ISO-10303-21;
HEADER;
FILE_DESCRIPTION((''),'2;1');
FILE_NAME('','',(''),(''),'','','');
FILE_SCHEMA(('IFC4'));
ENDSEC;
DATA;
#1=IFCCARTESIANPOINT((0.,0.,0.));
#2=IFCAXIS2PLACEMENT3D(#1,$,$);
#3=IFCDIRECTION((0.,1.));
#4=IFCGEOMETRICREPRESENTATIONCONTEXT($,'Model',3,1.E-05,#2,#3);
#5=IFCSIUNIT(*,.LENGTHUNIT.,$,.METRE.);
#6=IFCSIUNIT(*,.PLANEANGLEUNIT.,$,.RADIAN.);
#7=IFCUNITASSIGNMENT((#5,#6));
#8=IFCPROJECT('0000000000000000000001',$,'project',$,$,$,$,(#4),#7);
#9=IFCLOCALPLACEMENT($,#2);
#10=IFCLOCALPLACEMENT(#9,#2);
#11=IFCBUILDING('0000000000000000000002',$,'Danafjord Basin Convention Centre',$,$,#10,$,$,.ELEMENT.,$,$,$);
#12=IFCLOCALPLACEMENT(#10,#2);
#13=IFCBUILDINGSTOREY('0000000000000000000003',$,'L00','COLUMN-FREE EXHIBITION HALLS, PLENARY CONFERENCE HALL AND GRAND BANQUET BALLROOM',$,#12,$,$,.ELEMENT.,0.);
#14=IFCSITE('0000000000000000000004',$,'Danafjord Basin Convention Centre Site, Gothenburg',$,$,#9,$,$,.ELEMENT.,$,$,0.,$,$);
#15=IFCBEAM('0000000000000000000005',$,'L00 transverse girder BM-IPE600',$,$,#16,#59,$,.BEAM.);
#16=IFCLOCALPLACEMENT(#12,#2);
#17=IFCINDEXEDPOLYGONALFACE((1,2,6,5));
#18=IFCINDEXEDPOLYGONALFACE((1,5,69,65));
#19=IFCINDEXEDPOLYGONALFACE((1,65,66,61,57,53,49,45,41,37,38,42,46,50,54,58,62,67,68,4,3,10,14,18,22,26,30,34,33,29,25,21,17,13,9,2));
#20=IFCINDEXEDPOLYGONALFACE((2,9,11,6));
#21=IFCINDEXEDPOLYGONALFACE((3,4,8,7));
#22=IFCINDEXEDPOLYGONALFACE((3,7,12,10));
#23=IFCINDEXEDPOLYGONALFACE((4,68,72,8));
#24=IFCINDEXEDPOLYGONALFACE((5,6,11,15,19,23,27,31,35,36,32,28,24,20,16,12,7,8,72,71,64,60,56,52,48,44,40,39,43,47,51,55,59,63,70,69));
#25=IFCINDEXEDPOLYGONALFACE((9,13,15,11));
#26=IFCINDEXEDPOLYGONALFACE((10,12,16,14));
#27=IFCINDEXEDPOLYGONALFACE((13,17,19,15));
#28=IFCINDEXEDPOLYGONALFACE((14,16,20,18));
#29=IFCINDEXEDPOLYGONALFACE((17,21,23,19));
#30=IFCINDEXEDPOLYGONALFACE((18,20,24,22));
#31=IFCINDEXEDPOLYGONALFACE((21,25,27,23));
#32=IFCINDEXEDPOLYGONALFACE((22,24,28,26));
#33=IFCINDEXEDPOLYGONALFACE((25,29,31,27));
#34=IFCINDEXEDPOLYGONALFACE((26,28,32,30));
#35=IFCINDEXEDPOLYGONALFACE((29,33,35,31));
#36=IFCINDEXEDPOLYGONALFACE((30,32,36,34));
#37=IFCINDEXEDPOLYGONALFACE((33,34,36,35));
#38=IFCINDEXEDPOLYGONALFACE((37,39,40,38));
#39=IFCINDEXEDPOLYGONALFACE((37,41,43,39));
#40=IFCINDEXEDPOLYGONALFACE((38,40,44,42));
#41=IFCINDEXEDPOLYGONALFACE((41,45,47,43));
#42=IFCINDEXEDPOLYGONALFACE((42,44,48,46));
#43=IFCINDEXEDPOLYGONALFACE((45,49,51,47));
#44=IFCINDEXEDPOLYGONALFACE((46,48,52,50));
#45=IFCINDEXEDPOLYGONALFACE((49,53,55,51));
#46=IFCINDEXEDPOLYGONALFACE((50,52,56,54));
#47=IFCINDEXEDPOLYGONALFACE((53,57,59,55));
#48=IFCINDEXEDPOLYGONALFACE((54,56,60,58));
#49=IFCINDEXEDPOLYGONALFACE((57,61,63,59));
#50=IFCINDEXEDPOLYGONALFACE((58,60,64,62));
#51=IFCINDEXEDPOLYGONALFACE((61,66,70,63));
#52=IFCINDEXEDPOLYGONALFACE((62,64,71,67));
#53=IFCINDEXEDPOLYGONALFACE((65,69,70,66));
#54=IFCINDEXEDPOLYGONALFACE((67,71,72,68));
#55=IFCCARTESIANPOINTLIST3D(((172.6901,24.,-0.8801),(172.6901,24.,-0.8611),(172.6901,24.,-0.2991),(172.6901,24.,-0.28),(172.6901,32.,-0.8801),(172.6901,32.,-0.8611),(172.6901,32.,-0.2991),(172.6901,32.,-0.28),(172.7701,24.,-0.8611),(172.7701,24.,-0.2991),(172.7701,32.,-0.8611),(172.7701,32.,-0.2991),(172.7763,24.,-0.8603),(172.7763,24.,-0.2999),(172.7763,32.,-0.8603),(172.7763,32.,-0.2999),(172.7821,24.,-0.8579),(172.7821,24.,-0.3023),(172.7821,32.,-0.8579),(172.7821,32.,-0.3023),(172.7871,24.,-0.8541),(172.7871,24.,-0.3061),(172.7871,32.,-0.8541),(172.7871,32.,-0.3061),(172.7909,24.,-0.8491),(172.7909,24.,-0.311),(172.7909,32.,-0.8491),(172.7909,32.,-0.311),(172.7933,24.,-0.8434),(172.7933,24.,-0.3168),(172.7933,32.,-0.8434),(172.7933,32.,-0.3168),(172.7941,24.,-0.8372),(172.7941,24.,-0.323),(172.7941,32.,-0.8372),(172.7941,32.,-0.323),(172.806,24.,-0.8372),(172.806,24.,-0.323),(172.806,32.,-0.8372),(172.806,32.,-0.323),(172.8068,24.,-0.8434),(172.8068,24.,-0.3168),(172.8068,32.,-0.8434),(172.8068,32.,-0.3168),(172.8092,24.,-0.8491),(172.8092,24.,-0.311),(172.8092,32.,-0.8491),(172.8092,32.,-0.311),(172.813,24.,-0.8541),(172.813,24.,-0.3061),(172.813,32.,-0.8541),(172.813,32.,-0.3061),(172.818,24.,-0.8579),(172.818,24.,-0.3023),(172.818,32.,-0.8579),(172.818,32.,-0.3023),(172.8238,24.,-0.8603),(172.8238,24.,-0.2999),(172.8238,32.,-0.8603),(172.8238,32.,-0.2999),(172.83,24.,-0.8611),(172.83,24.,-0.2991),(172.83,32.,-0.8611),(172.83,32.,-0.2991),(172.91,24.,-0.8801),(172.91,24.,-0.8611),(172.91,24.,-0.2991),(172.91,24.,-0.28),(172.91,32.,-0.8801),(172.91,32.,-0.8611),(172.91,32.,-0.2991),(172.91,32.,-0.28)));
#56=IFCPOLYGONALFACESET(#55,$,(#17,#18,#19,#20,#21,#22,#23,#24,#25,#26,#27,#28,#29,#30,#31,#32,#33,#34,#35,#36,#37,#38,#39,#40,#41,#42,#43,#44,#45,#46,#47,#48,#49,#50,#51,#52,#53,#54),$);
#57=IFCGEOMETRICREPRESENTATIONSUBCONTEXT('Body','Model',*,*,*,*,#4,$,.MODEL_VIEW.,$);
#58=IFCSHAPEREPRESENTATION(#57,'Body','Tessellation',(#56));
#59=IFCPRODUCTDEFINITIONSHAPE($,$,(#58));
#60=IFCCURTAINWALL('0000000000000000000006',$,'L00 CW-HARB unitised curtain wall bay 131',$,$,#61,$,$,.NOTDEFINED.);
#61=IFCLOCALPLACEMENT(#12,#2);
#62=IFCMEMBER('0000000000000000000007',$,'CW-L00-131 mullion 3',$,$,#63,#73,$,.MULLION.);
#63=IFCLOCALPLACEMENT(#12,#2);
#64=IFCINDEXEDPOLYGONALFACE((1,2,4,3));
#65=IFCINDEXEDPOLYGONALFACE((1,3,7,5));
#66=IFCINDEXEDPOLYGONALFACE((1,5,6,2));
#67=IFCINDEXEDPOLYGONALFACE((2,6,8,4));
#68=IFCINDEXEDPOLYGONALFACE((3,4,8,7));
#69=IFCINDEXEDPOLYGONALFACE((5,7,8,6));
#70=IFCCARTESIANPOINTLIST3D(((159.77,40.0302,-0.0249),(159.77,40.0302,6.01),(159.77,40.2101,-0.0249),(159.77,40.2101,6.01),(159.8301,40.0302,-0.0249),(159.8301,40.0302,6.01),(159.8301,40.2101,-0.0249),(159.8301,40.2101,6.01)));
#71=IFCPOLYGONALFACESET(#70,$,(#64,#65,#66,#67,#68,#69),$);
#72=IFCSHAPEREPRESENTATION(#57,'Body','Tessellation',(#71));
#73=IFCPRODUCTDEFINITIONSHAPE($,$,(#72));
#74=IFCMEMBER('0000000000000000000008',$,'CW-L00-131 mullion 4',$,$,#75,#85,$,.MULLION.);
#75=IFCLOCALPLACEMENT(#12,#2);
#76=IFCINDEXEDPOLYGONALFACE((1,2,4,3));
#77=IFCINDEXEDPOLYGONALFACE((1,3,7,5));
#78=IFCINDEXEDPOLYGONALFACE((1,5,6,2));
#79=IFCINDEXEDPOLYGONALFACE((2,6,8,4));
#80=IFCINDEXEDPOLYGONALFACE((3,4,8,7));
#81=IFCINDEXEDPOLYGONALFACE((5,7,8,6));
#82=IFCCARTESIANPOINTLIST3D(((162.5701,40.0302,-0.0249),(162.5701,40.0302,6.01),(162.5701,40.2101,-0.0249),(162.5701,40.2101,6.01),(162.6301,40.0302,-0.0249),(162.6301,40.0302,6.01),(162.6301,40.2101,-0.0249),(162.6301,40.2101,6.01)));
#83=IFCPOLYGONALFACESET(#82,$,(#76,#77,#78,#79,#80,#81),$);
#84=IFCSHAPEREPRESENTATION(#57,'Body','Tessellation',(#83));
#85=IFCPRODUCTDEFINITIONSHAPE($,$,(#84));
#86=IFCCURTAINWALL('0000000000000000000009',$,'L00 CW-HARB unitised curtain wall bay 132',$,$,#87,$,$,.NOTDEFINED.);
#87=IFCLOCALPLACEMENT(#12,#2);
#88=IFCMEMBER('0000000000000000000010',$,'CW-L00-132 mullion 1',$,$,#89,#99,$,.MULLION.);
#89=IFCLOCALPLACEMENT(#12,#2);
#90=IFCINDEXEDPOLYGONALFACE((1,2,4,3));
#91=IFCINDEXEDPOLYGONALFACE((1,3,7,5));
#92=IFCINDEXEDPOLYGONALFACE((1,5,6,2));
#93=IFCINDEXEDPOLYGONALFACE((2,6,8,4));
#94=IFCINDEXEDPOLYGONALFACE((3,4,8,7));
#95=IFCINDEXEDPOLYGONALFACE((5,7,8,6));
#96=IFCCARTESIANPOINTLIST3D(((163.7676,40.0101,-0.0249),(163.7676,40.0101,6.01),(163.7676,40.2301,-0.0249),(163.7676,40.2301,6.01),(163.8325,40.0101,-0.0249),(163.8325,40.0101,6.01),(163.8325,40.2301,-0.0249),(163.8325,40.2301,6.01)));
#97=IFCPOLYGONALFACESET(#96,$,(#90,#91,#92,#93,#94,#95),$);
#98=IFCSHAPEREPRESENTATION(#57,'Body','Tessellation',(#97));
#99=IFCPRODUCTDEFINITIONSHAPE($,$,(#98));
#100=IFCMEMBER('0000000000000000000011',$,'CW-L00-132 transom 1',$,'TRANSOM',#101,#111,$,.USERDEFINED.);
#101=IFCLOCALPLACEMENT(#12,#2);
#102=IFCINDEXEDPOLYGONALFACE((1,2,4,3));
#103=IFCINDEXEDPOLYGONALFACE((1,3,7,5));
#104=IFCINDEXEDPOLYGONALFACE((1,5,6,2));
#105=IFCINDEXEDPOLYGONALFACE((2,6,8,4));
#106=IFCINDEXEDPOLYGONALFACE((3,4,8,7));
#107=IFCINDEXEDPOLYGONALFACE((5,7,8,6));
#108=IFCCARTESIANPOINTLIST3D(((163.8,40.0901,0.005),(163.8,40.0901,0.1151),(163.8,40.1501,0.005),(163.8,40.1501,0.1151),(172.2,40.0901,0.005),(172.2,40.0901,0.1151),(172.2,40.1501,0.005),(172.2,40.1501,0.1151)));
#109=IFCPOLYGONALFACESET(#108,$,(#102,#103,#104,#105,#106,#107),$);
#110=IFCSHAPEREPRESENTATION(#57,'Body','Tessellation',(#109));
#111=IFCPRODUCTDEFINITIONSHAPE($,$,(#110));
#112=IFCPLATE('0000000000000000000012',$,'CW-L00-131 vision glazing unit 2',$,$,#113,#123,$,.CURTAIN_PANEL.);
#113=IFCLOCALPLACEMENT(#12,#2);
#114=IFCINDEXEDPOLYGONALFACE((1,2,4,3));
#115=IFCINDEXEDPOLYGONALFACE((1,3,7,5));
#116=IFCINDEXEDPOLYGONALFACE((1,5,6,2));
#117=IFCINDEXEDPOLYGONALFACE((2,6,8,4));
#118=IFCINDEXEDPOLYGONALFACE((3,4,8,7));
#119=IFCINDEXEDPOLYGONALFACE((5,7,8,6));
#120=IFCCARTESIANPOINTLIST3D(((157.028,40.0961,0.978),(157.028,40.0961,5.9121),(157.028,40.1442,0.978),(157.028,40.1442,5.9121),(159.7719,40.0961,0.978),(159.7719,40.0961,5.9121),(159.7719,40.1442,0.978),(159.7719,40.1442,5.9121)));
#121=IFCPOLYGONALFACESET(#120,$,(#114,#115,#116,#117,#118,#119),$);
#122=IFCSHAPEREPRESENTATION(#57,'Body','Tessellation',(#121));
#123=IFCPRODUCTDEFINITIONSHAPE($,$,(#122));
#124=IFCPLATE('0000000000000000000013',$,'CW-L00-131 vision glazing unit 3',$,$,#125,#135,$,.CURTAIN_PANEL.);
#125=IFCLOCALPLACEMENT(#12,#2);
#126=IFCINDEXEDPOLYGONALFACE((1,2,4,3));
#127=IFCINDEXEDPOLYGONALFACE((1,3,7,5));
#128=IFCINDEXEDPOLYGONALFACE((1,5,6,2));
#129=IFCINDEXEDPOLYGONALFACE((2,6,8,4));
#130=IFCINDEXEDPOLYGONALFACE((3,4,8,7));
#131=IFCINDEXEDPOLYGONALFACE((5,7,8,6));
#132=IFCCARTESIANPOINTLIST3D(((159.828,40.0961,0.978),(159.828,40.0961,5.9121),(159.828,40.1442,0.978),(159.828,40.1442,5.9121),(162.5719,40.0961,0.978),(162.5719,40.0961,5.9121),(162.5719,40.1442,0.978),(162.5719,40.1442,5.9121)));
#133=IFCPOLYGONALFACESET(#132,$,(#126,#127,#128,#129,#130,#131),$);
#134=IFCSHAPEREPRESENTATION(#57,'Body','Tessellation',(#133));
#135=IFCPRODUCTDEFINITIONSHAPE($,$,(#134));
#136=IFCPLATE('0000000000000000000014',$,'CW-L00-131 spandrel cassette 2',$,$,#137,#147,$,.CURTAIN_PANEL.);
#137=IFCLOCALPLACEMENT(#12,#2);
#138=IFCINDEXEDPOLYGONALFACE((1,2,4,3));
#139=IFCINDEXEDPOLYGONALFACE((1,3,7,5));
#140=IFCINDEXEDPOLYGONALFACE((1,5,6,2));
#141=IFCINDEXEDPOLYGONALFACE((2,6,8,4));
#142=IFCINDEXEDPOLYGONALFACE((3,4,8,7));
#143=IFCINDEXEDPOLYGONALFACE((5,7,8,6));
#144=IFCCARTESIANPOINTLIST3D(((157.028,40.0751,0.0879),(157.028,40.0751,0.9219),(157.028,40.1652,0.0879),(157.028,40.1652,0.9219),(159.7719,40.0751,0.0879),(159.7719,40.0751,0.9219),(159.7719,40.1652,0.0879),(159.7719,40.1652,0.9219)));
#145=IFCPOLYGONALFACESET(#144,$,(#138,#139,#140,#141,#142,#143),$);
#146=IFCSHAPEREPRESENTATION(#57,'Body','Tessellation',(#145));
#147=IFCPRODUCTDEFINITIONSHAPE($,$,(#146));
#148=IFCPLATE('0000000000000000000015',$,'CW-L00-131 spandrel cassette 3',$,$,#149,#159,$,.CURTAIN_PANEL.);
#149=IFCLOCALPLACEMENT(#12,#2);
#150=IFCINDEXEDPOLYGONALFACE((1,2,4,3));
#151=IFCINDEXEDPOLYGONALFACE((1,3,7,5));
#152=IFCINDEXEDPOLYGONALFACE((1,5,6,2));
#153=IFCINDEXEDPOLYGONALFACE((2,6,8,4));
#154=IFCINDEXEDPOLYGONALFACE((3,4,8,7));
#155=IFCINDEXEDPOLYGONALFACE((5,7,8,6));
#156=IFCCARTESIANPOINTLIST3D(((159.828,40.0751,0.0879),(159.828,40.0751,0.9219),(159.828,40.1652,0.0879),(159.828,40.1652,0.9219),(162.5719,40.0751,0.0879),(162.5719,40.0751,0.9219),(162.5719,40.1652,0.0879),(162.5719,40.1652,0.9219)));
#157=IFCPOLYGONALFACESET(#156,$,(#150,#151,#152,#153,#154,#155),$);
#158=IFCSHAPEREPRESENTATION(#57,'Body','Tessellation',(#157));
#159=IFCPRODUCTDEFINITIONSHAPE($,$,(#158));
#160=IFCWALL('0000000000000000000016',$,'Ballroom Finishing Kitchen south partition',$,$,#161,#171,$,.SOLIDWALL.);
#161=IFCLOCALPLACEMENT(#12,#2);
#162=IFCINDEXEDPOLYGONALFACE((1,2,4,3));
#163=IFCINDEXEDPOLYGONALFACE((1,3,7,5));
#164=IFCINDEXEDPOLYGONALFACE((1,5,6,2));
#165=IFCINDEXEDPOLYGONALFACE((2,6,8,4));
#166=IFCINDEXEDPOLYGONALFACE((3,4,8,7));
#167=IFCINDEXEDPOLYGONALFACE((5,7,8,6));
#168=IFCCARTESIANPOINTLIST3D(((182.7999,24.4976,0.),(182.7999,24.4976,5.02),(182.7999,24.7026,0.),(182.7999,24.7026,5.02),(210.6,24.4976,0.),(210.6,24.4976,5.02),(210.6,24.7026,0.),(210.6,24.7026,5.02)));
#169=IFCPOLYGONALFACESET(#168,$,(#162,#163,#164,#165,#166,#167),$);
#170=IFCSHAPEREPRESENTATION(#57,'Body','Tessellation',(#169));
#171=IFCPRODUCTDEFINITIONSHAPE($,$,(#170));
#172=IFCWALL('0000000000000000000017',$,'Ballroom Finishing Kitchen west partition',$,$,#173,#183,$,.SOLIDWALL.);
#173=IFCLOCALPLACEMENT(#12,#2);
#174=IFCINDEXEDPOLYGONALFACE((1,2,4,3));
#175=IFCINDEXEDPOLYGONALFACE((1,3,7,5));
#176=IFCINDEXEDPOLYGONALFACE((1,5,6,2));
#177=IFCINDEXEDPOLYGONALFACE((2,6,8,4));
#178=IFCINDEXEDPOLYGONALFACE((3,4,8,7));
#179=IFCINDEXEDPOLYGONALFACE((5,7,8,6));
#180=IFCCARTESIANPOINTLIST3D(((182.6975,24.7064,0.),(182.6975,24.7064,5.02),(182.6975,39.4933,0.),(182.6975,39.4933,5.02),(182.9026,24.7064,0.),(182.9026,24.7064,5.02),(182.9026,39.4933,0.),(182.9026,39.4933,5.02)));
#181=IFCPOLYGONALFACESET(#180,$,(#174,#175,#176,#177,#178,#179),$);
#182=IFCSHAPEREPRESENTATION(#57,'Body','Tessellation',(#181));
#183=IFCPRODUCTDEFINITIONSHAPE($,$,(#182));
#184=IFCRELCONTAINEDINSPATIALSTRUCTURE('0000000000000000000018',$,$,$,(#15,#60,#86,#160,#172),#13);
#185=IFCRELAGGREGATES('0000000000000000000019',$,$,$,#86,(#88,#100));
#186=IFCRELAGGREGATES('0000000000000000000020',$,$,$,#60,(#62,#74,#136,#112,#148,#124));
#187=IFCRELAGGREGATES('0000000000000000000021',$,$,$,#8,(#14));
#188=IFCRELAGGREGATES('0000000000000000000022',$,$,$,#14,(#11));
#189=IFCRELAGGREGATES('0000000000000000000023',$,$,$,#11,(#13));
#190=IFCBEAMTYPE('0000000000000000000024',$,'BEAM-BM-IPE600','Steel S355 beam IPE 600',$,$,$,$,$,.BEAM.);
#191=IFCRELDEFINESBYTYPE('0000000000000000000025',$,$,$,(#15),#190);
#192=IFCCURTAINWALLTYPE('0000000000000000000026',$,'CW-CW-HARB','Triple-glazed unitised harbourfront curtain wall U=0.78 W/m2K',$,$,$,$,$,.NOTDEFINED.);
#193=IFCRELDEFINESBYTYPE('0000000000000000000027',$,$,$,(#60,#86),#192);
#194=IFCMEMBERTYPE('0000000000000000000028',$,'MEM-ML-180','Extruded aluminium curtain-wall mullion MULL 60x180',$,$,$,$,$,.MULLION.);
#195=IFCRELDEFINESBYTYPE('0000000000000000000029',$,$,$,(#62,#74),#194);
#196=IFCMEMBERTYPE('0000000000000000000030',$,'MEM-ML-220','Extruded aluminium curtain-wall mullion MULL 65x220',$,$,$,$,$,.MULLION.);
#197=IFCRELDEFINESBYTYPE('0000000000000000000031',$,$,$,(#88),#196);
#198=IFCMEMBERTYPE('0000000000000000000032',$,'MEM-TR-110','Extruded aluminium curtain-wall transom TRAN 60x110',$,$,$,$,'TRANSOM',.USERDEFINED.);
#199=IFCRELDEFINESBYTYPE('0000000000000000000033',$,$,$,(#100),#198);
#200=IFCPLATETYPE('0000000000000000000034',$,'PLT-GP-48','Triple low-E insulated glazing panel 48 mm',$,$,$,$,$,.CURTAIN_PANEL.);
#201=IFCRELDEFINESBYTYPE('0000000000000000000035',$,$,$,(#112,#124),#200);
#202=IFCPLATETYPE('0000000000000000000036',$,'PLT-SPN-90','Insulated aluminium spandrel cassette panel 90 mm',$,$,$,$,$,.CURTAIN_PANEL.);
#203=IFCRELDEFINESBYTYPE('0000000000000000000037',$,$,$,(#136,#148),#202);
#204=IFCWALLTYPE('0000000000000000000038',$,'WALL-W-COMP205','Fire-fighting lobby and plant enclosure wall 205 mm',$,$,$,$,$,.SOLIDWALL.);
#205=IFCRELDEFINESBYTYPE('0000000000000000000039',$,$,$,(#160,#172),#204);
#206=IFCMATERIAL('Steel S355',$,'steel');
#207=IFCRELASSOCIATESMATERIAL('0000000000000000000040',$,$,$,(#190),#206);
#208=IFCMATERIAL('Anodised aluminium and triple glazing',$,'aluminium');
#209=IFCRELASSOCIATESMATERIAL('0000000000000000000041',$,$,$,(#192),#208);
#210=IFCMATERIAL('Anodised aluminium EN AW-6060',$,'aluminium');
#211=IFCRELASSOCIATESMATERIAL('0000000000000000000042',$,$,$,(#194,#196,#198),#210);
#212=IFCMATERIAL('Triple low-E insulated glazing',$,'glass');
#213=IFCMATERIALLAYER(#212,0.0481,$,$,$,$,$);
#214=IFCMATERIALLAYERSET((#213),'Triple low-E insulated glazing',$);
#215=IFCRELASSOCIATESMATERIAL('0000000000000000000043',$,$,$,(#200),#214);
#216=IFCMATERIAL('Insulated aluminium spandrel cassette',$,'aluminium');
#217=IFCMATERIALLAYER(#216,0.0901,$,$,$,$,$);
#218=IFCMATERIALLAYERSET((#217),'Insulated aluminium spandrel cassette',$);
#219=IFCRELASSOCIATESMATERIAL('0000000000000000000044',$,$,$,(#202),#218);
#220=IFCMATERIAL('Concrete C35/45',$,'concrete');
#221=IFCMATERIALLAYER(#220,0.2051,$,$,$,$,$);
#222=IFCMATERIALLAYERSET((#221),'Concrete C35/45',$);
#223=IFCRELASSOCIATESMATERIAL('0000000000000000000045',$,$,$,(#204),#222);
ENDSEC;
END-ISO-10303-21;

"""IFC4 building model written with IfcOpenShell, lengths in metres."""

from ifc_helpers import new_model, si_unit, direction, frame, frame_2d, origin, origin_2d, place, context, subcontext, project, spatial, rectangle, i_section, extrude, material, layer, layer_set, material_profile, profile_set, type_object, element, aggregate, save


model = new_model("IFC4")

# Units and contexts
model_context = context("Model", 3, precision=1e-05, world=origin(), true_north=direction((0.0, 1.0)))
body_context = subcontext(model_context, "Body", "Model", "MODEL_VIEW")
ifc_project = project(units=[si_unit("LENGTHUNIT", "METRE"), si_unit("PLANEANGLEUNIT", "RADIAN")], contexts=[model_context])

# Site, building, storey
site_placement = place(None, origin())
site = spatial("IfcSite", under=ifc_project, at=site_placement, Name="Danafjord Basin Convention Centre Site, Gothenburg", CompositionType="ELEMENT", RefElevation=0.0)
building_placement = place(site_placement, origin())
building = spatial("IfcBuilding", under=site, at=building_placement, Name="Danafjord Basin Convention Centre", CompositionType="ELEMENT")
storey_placement = place(building_placement, origin())
storey = spatial("IfcBuildingStorey", under=building, at=storey_placement, Name="L00", Description="COLUMN-FREE EXHIBITION HALLS, PLENARY CONFERENCE HALL AND GRAND BANQUET BALLROOM", CompositionType="ELEMENT", Elevation=0.0)

# Shared definitions
ifc_material_1 = material(Name="Steel S355", Category="steel")

# Beam
ifc_material_profile_1 = material_profile(ifc_material_1, i_section(OverallWidth=0.22, OverallDepth=0.6001, WebThickness=0.012, FlangeThickness=0.019, FilletRadius=0.0239, at=origin_2d()), Name="IPE 600")
ifc_profile_set_1 = profile_set([ifc_material_profile_1], Name="Steel S355")
beam_type_1 = type_object("IfcBeamType", Name="BEAM-BM-IPE600", Description="Steel S355 beam IPE 600", PredefinedType="BEAM", material=ifc_profile_set_1)
for number, where, z_axis, x_axis, name in (
    (1, (172.8, 24.0, -0.5801), (0.0, 1.0, 0.0), (-1.0, 0.0, 0.0), "L00 transverse girder BM-IPE600"),
):
    element("IfcBeam", number, at=place(storey_placement, frame(where, z_axis=z_axis, x_axis=x_axis)), inside=storey, type_object=beam_type_1, Name=name, PredefinedType="BEAM", context=body_context, shape_type="SweptSolid", body=[
        extrude(i_section(OverallWidth=0.22, OverallDepth=0.6001, WebThickness=0.012, FlangeThickness=0.019, FilletRadius=0.0239, at=origin_2d()), origin(), (0.0, 0.0, 1.0), 8.0),
    ])

# Curtain walls, members
ifc_material_2 = material(Name="Anodised aluminium and triple glazing", Category="aluminium")
curtain_wall_type = type_object("IfcCurtainWallType", Name="CW-CW-HARB", Description="Triple-glazed unitised harbourfront curtain wall U=0.78 W/m2K", PredefinedType="NOTDEFINED", material=ifc_material_2)
curtain_wall_1_placement = place(storey_placement, origin())
curtain_wall_1 = element("IfcCurtainWall", 2, at=curtain_wall_1_placement, inside=storey, type_object=curtain_wall_type, Name="L00 CW-HARB unitised curtain wall bay 131", PredefinedType="NOTDEFINED")
ifc_material_3 = material(Name="Anodised aluminium EN AW-6060", Category="aluminium")
ifc_material_profile_2 = material_profile(ifc_material_3, rectangle(XDim=0.0601, YDim=0.1799, at=origin_2d()), Name="MULL 60x180")
ifc_profile_set_2 = profile_set([ifc_material_profile_2], Name="Anodised aluminium EN AW-6060")
member_type_1 = type_object("IfcMemberType", Name="MEM-ML-180", Description="Extruded aluminium curtain-wall mullion MULL 60x180", PredefinedType="MULLION", material=ifc_profile_set_2)
member_1_placement = place(storey_placement, frame((159.8, 40.1201, -0.0249), z_axis=(0.0, 0.0, 1.0), x_axis=(1.0, 0.0, 0.0)))
member_1 = element("IfcMember", 3, at=member_1_placement, type_object=member_type_1, Name="CW-L00-131 mullion 3", PredefinedType="MULLION", context=body_context, shape_type="SweptSolid", body=[
    extrude(rectangle(XDim=0.0601, YDim=0.1799, at=origin_2d()), origin(), (0.0, 0.0, 1.0), 6.0349),
])
member_2_placement = place(storey_placement, frame((162.6001, 40.1201, -0.0249), z_axis=(0.0, 0.0, 1.0), x_axis=(1.0, 0.0, 0.0)))
member_2 = element("IfcMember", 4, at=member_2_placement, type_object=member_type_1, Name="CW-L00-131 mullion 4", PredefinedType="MULLION", context=body_context, shape_type="SweptSolid", body=[
    extrude(rectangle(XDim=0.0601, YDim=0.1799, at=origin_2d()), origin(), (0.0, 0.0, 1.0), 6.0349),
])
curtain_wall_2_placement = place(storey_placement, origin())
curtain_wall_2 = element("IfcCurtainWall", 5, at=curtain_wall_2_placement, inside=storey, type_object=curtain_wall_type, Name="L00 CW-HARB unitised curtain wall bay 132", PredefinedType="NOTDEFINED")
ifc_material_profile_3 = material_profile(ifc_material_3, rectangle(XDim=0.0649, YDim=0.22, at=origin_2d()), Name="MULL 65x220")
ifc_profile_set_3 = profile_set([ifc_material_profile_3], Name="Anodised aluminium EN AW-6060")
member_type_2 = type_object("IfcMemberType", Name="MEM-ML-220", Description="Extruded aluminium curtain-wall mullion MULL 65x220", PredefinedType="MULLION", material=ifc_profile_set_3)
member_3_placement = place(storey_placement, frame((163.8, 40.1201, -0.0249), z_axis=(0.0, 0.0, 1.0), x_axis=(1.0, 0.0, 0.0)))
member_3 = element("IfcMember", 6, at=member_3_placement, type_object=member_type_2, Name="CW-L00-132 mullion 1", PredefinedType="MULLION", context=body_context, shape_type="SweptSolid", body=[
    extrude(rectangle(XDim=0.0649, YDim=0.22, at=origin_2d()), origin(), (0.0, 0.0, 1.0), 6.0349),
])
ifc_material_profile_4 = material_profile(ifc_material_3, rectangle(XDim=0.0601, YDim=0.1101, at=origin_2d()), Name="TRAN 60x110")
ifc_profile_set_4 = profile_set([ifc_material_profile_4], Name="Anodised aluminium EN AW-6060")
member_type_3 = type_object("IfcMemberType", Name="MEM-TR-110", Description="Extruded aluminium curtain-wall transom TRAN 60x110", ElementType="TRANSOM", PredefinedType="USERDEFINED", material=ifc_profile_set_4)
member_4_placement = place(storey_placement, frame((163.8, 40.1201, 0.0601), z_axis=(1.0, 0.0, 0.0), x_axis=(0.0, 1.0, 0.0)))
member_4 = element("IfcMember", 7, at=member_4_placement, type_object=member_type_3, Name="CW-L00-132 transom 1", ObjectType="TRANSOM", PredefinedType="USERDEFINED", context=body_context, shape_type="SweptSolid", body=[
    extrude(rectangle(XDim=0.0601, YDim=0.1101, at=origin_2d()), origin(), (0.0, 0.0, 1.0), 8.3999),
])
aggregate(curtain_wall_2, [member_3, member_4])

# Plates
ifc_material_4 = material(Name="Triple low-E insulated glazing", Category="glass")
ifc_layer_1 = layer(ifc_material_4, 0.0481)
ifc_layer_set_1 = layer_set([ifc_layer_1], Name="Triple low-E insulated glazing")
plate_type_1 = type_object("IfcPlateType", Name="PLT-GP-48", Description="Triple low-E insulated glazing panel 48 mm", PredefinedType="CURTAIN_PANEL", material=ifc_layer_set_1)
plate_1_placement = place(storey_placement, frame((158.3999, 40.1201, 0.978), z_axis=(0.0, 0.0, 1.0), x_axis=(1.0, 0.0, 0.0)))
plate_1 = element("IfcPlate", 8, at=plate_1_placement, type_object=plate_type_1, Name="CW-L00-131 vision glazing unit 2", PredefinedType="CURTAIN_PANEL", context=body_context, shape_type="SweptSolid", body=[
    extrude(rectangle(XDim=2.7439, YDim=0.0481, at=origin_2d()), origin(), (0.0, 0.0, 1.0), 4.9341),
])
plate_2_placement = place(storey_placement, frame((161.2, 40.1201, 0.978), z_axis=(0.0, 0.0, 1.0), x_axis=(1.0, 0.0, 0.0)))
plate_2 = element("IfcPlate", 9, at=plate_2_placement, type_object=plate_type_1, Name="CW-L00-131 vision glazing unit 3", PredefinedType="CURTAIN_PANEL", context=body_context, shape_type="SweptSolid", body=[
    extrude(rectangle(XDim=2.7439, YDim=0.0481, at=origin_2d()), origin(), (0.0, 0.0, 1.0), 4.9341),
])
ifc_material_5 = material(Name="Insulated aluminium spandrel cassette", Category="aluminium")
ifc_layer_2 = layer(ifc_material_5, 0.0901)
ifc_layer_set_2 = layer_set([ifc_layer_2], Name="Insulated aluminium spandrel cassette")
plate_type_2 = type_object("IfcPlateType", Name="PLT-SPN-90", Description="Insulated aluminium spandrel cassette panel 90 mm", PredefinedType="CURTAIN_PANEL", material=ifc_layer_set_2)
plate_3_placement = place(storey_placement, frame((158.3999, 40.1201, 0.0879), z_axis=(0.0, 0.0, 1.0), x_axis=(1.0, 0.0, 0.0)))
plate_3 = element("IfcPlate", 10, at=plate_3_placement, type_object=plate_type_2, Name="CW-L00-131 spandrel cassette 2", PredefinedType="CURTAIN_PANEL", context=body_context, shape_type="SweptSolid", body=[
    extrude(rectangle(XDim=2.7439, YDim=0.0901, at=origin_2d()), origin(), (0.0, 0.0, 1.0), 0.834),
])
plate_4_placement = place(storey_placement, frame((161.2, 40.1201, 0.0879), z_axis=(0.0, 0.0, 1.0), x_axis=(1.0, 0.0, 0.0)))
plate_4 = element("IfcPlate", 11, at=plate_4_placement, type_object=plate_type_2, Name="CW-L00-131 spandrel cassette 3", PredefinedType="CURTAIN_PANEL", context=body_context, shape_type="SweptSolid", body=[
    extrude(rectangle(XDim=2.7439, YDim=0.0901, at=origin_2d()), origin(), (0.0, 0.0, 1.0), 0.834),
])
aggregate(curtain_wall_1, [member_1, member_2, plate_3, plate_1, plate_4, plate_2])

# Walls
ifc_material_6 = material(Name="Concrete C35/45", Category="concrete")
ifc_layer_3 = layer(ifc_material_6, 0.2051)
ifc_layer_set_3 = layer_set([ifc_layer_3], Name="Concrete C35/45")
wall_type = type_object("IfcWallType", Name="WALL-W-COMP205", Description="Fire-fighting lobby and plant enclosure wall 205 mm", PredefinedType="SOLIDWALL", material=ifc_layer_set_3)
wall_1_placement = place(storey_placement, frame((182.8, 24.6001, 0.0), z_axis=(0.0, 0.0, 1.0), x_axis=(1.0, 0.0, 0.0)))
element("IfcWall", 12, at=wall_1_placement, inside=storey, type_object=wall_type, Name="Ballroom Finishing Kitchen south partition", PredefinedType="SOLIDWALL", context=body_context, shape_type="SweptSolid", body=[
    extrude(rectangle(XDim=27.8, YDim=0.2051, at=frame_2d((13.8999, 0.0))), origin(), (0.0, 0.0, 1.0), 5.02),
])
wall_2_placement = place(storey_placement, frame((182.8, 39.4934, 0.0), z_axis=(0.0, 0.0, 1.0), x_axis=(0.0, -1.0, 0.0)))
element("IfcWall", 13, at=wall_2_placement, inside=storey, type_object=wall_type, Name="Ballroom Finishing Kitchen west partition", PredefinedType="SOLIDWALL", context=body_context, shape_type="SweptSolid", body=[
    extrude(rectangle(XDim=14.7869, YDim=0.2051, at=frame_2d((7.3936, 0.0))), origin(), (0.0, 0.0, 1.0), 5.02),
])

save(model, "model.ifc")
